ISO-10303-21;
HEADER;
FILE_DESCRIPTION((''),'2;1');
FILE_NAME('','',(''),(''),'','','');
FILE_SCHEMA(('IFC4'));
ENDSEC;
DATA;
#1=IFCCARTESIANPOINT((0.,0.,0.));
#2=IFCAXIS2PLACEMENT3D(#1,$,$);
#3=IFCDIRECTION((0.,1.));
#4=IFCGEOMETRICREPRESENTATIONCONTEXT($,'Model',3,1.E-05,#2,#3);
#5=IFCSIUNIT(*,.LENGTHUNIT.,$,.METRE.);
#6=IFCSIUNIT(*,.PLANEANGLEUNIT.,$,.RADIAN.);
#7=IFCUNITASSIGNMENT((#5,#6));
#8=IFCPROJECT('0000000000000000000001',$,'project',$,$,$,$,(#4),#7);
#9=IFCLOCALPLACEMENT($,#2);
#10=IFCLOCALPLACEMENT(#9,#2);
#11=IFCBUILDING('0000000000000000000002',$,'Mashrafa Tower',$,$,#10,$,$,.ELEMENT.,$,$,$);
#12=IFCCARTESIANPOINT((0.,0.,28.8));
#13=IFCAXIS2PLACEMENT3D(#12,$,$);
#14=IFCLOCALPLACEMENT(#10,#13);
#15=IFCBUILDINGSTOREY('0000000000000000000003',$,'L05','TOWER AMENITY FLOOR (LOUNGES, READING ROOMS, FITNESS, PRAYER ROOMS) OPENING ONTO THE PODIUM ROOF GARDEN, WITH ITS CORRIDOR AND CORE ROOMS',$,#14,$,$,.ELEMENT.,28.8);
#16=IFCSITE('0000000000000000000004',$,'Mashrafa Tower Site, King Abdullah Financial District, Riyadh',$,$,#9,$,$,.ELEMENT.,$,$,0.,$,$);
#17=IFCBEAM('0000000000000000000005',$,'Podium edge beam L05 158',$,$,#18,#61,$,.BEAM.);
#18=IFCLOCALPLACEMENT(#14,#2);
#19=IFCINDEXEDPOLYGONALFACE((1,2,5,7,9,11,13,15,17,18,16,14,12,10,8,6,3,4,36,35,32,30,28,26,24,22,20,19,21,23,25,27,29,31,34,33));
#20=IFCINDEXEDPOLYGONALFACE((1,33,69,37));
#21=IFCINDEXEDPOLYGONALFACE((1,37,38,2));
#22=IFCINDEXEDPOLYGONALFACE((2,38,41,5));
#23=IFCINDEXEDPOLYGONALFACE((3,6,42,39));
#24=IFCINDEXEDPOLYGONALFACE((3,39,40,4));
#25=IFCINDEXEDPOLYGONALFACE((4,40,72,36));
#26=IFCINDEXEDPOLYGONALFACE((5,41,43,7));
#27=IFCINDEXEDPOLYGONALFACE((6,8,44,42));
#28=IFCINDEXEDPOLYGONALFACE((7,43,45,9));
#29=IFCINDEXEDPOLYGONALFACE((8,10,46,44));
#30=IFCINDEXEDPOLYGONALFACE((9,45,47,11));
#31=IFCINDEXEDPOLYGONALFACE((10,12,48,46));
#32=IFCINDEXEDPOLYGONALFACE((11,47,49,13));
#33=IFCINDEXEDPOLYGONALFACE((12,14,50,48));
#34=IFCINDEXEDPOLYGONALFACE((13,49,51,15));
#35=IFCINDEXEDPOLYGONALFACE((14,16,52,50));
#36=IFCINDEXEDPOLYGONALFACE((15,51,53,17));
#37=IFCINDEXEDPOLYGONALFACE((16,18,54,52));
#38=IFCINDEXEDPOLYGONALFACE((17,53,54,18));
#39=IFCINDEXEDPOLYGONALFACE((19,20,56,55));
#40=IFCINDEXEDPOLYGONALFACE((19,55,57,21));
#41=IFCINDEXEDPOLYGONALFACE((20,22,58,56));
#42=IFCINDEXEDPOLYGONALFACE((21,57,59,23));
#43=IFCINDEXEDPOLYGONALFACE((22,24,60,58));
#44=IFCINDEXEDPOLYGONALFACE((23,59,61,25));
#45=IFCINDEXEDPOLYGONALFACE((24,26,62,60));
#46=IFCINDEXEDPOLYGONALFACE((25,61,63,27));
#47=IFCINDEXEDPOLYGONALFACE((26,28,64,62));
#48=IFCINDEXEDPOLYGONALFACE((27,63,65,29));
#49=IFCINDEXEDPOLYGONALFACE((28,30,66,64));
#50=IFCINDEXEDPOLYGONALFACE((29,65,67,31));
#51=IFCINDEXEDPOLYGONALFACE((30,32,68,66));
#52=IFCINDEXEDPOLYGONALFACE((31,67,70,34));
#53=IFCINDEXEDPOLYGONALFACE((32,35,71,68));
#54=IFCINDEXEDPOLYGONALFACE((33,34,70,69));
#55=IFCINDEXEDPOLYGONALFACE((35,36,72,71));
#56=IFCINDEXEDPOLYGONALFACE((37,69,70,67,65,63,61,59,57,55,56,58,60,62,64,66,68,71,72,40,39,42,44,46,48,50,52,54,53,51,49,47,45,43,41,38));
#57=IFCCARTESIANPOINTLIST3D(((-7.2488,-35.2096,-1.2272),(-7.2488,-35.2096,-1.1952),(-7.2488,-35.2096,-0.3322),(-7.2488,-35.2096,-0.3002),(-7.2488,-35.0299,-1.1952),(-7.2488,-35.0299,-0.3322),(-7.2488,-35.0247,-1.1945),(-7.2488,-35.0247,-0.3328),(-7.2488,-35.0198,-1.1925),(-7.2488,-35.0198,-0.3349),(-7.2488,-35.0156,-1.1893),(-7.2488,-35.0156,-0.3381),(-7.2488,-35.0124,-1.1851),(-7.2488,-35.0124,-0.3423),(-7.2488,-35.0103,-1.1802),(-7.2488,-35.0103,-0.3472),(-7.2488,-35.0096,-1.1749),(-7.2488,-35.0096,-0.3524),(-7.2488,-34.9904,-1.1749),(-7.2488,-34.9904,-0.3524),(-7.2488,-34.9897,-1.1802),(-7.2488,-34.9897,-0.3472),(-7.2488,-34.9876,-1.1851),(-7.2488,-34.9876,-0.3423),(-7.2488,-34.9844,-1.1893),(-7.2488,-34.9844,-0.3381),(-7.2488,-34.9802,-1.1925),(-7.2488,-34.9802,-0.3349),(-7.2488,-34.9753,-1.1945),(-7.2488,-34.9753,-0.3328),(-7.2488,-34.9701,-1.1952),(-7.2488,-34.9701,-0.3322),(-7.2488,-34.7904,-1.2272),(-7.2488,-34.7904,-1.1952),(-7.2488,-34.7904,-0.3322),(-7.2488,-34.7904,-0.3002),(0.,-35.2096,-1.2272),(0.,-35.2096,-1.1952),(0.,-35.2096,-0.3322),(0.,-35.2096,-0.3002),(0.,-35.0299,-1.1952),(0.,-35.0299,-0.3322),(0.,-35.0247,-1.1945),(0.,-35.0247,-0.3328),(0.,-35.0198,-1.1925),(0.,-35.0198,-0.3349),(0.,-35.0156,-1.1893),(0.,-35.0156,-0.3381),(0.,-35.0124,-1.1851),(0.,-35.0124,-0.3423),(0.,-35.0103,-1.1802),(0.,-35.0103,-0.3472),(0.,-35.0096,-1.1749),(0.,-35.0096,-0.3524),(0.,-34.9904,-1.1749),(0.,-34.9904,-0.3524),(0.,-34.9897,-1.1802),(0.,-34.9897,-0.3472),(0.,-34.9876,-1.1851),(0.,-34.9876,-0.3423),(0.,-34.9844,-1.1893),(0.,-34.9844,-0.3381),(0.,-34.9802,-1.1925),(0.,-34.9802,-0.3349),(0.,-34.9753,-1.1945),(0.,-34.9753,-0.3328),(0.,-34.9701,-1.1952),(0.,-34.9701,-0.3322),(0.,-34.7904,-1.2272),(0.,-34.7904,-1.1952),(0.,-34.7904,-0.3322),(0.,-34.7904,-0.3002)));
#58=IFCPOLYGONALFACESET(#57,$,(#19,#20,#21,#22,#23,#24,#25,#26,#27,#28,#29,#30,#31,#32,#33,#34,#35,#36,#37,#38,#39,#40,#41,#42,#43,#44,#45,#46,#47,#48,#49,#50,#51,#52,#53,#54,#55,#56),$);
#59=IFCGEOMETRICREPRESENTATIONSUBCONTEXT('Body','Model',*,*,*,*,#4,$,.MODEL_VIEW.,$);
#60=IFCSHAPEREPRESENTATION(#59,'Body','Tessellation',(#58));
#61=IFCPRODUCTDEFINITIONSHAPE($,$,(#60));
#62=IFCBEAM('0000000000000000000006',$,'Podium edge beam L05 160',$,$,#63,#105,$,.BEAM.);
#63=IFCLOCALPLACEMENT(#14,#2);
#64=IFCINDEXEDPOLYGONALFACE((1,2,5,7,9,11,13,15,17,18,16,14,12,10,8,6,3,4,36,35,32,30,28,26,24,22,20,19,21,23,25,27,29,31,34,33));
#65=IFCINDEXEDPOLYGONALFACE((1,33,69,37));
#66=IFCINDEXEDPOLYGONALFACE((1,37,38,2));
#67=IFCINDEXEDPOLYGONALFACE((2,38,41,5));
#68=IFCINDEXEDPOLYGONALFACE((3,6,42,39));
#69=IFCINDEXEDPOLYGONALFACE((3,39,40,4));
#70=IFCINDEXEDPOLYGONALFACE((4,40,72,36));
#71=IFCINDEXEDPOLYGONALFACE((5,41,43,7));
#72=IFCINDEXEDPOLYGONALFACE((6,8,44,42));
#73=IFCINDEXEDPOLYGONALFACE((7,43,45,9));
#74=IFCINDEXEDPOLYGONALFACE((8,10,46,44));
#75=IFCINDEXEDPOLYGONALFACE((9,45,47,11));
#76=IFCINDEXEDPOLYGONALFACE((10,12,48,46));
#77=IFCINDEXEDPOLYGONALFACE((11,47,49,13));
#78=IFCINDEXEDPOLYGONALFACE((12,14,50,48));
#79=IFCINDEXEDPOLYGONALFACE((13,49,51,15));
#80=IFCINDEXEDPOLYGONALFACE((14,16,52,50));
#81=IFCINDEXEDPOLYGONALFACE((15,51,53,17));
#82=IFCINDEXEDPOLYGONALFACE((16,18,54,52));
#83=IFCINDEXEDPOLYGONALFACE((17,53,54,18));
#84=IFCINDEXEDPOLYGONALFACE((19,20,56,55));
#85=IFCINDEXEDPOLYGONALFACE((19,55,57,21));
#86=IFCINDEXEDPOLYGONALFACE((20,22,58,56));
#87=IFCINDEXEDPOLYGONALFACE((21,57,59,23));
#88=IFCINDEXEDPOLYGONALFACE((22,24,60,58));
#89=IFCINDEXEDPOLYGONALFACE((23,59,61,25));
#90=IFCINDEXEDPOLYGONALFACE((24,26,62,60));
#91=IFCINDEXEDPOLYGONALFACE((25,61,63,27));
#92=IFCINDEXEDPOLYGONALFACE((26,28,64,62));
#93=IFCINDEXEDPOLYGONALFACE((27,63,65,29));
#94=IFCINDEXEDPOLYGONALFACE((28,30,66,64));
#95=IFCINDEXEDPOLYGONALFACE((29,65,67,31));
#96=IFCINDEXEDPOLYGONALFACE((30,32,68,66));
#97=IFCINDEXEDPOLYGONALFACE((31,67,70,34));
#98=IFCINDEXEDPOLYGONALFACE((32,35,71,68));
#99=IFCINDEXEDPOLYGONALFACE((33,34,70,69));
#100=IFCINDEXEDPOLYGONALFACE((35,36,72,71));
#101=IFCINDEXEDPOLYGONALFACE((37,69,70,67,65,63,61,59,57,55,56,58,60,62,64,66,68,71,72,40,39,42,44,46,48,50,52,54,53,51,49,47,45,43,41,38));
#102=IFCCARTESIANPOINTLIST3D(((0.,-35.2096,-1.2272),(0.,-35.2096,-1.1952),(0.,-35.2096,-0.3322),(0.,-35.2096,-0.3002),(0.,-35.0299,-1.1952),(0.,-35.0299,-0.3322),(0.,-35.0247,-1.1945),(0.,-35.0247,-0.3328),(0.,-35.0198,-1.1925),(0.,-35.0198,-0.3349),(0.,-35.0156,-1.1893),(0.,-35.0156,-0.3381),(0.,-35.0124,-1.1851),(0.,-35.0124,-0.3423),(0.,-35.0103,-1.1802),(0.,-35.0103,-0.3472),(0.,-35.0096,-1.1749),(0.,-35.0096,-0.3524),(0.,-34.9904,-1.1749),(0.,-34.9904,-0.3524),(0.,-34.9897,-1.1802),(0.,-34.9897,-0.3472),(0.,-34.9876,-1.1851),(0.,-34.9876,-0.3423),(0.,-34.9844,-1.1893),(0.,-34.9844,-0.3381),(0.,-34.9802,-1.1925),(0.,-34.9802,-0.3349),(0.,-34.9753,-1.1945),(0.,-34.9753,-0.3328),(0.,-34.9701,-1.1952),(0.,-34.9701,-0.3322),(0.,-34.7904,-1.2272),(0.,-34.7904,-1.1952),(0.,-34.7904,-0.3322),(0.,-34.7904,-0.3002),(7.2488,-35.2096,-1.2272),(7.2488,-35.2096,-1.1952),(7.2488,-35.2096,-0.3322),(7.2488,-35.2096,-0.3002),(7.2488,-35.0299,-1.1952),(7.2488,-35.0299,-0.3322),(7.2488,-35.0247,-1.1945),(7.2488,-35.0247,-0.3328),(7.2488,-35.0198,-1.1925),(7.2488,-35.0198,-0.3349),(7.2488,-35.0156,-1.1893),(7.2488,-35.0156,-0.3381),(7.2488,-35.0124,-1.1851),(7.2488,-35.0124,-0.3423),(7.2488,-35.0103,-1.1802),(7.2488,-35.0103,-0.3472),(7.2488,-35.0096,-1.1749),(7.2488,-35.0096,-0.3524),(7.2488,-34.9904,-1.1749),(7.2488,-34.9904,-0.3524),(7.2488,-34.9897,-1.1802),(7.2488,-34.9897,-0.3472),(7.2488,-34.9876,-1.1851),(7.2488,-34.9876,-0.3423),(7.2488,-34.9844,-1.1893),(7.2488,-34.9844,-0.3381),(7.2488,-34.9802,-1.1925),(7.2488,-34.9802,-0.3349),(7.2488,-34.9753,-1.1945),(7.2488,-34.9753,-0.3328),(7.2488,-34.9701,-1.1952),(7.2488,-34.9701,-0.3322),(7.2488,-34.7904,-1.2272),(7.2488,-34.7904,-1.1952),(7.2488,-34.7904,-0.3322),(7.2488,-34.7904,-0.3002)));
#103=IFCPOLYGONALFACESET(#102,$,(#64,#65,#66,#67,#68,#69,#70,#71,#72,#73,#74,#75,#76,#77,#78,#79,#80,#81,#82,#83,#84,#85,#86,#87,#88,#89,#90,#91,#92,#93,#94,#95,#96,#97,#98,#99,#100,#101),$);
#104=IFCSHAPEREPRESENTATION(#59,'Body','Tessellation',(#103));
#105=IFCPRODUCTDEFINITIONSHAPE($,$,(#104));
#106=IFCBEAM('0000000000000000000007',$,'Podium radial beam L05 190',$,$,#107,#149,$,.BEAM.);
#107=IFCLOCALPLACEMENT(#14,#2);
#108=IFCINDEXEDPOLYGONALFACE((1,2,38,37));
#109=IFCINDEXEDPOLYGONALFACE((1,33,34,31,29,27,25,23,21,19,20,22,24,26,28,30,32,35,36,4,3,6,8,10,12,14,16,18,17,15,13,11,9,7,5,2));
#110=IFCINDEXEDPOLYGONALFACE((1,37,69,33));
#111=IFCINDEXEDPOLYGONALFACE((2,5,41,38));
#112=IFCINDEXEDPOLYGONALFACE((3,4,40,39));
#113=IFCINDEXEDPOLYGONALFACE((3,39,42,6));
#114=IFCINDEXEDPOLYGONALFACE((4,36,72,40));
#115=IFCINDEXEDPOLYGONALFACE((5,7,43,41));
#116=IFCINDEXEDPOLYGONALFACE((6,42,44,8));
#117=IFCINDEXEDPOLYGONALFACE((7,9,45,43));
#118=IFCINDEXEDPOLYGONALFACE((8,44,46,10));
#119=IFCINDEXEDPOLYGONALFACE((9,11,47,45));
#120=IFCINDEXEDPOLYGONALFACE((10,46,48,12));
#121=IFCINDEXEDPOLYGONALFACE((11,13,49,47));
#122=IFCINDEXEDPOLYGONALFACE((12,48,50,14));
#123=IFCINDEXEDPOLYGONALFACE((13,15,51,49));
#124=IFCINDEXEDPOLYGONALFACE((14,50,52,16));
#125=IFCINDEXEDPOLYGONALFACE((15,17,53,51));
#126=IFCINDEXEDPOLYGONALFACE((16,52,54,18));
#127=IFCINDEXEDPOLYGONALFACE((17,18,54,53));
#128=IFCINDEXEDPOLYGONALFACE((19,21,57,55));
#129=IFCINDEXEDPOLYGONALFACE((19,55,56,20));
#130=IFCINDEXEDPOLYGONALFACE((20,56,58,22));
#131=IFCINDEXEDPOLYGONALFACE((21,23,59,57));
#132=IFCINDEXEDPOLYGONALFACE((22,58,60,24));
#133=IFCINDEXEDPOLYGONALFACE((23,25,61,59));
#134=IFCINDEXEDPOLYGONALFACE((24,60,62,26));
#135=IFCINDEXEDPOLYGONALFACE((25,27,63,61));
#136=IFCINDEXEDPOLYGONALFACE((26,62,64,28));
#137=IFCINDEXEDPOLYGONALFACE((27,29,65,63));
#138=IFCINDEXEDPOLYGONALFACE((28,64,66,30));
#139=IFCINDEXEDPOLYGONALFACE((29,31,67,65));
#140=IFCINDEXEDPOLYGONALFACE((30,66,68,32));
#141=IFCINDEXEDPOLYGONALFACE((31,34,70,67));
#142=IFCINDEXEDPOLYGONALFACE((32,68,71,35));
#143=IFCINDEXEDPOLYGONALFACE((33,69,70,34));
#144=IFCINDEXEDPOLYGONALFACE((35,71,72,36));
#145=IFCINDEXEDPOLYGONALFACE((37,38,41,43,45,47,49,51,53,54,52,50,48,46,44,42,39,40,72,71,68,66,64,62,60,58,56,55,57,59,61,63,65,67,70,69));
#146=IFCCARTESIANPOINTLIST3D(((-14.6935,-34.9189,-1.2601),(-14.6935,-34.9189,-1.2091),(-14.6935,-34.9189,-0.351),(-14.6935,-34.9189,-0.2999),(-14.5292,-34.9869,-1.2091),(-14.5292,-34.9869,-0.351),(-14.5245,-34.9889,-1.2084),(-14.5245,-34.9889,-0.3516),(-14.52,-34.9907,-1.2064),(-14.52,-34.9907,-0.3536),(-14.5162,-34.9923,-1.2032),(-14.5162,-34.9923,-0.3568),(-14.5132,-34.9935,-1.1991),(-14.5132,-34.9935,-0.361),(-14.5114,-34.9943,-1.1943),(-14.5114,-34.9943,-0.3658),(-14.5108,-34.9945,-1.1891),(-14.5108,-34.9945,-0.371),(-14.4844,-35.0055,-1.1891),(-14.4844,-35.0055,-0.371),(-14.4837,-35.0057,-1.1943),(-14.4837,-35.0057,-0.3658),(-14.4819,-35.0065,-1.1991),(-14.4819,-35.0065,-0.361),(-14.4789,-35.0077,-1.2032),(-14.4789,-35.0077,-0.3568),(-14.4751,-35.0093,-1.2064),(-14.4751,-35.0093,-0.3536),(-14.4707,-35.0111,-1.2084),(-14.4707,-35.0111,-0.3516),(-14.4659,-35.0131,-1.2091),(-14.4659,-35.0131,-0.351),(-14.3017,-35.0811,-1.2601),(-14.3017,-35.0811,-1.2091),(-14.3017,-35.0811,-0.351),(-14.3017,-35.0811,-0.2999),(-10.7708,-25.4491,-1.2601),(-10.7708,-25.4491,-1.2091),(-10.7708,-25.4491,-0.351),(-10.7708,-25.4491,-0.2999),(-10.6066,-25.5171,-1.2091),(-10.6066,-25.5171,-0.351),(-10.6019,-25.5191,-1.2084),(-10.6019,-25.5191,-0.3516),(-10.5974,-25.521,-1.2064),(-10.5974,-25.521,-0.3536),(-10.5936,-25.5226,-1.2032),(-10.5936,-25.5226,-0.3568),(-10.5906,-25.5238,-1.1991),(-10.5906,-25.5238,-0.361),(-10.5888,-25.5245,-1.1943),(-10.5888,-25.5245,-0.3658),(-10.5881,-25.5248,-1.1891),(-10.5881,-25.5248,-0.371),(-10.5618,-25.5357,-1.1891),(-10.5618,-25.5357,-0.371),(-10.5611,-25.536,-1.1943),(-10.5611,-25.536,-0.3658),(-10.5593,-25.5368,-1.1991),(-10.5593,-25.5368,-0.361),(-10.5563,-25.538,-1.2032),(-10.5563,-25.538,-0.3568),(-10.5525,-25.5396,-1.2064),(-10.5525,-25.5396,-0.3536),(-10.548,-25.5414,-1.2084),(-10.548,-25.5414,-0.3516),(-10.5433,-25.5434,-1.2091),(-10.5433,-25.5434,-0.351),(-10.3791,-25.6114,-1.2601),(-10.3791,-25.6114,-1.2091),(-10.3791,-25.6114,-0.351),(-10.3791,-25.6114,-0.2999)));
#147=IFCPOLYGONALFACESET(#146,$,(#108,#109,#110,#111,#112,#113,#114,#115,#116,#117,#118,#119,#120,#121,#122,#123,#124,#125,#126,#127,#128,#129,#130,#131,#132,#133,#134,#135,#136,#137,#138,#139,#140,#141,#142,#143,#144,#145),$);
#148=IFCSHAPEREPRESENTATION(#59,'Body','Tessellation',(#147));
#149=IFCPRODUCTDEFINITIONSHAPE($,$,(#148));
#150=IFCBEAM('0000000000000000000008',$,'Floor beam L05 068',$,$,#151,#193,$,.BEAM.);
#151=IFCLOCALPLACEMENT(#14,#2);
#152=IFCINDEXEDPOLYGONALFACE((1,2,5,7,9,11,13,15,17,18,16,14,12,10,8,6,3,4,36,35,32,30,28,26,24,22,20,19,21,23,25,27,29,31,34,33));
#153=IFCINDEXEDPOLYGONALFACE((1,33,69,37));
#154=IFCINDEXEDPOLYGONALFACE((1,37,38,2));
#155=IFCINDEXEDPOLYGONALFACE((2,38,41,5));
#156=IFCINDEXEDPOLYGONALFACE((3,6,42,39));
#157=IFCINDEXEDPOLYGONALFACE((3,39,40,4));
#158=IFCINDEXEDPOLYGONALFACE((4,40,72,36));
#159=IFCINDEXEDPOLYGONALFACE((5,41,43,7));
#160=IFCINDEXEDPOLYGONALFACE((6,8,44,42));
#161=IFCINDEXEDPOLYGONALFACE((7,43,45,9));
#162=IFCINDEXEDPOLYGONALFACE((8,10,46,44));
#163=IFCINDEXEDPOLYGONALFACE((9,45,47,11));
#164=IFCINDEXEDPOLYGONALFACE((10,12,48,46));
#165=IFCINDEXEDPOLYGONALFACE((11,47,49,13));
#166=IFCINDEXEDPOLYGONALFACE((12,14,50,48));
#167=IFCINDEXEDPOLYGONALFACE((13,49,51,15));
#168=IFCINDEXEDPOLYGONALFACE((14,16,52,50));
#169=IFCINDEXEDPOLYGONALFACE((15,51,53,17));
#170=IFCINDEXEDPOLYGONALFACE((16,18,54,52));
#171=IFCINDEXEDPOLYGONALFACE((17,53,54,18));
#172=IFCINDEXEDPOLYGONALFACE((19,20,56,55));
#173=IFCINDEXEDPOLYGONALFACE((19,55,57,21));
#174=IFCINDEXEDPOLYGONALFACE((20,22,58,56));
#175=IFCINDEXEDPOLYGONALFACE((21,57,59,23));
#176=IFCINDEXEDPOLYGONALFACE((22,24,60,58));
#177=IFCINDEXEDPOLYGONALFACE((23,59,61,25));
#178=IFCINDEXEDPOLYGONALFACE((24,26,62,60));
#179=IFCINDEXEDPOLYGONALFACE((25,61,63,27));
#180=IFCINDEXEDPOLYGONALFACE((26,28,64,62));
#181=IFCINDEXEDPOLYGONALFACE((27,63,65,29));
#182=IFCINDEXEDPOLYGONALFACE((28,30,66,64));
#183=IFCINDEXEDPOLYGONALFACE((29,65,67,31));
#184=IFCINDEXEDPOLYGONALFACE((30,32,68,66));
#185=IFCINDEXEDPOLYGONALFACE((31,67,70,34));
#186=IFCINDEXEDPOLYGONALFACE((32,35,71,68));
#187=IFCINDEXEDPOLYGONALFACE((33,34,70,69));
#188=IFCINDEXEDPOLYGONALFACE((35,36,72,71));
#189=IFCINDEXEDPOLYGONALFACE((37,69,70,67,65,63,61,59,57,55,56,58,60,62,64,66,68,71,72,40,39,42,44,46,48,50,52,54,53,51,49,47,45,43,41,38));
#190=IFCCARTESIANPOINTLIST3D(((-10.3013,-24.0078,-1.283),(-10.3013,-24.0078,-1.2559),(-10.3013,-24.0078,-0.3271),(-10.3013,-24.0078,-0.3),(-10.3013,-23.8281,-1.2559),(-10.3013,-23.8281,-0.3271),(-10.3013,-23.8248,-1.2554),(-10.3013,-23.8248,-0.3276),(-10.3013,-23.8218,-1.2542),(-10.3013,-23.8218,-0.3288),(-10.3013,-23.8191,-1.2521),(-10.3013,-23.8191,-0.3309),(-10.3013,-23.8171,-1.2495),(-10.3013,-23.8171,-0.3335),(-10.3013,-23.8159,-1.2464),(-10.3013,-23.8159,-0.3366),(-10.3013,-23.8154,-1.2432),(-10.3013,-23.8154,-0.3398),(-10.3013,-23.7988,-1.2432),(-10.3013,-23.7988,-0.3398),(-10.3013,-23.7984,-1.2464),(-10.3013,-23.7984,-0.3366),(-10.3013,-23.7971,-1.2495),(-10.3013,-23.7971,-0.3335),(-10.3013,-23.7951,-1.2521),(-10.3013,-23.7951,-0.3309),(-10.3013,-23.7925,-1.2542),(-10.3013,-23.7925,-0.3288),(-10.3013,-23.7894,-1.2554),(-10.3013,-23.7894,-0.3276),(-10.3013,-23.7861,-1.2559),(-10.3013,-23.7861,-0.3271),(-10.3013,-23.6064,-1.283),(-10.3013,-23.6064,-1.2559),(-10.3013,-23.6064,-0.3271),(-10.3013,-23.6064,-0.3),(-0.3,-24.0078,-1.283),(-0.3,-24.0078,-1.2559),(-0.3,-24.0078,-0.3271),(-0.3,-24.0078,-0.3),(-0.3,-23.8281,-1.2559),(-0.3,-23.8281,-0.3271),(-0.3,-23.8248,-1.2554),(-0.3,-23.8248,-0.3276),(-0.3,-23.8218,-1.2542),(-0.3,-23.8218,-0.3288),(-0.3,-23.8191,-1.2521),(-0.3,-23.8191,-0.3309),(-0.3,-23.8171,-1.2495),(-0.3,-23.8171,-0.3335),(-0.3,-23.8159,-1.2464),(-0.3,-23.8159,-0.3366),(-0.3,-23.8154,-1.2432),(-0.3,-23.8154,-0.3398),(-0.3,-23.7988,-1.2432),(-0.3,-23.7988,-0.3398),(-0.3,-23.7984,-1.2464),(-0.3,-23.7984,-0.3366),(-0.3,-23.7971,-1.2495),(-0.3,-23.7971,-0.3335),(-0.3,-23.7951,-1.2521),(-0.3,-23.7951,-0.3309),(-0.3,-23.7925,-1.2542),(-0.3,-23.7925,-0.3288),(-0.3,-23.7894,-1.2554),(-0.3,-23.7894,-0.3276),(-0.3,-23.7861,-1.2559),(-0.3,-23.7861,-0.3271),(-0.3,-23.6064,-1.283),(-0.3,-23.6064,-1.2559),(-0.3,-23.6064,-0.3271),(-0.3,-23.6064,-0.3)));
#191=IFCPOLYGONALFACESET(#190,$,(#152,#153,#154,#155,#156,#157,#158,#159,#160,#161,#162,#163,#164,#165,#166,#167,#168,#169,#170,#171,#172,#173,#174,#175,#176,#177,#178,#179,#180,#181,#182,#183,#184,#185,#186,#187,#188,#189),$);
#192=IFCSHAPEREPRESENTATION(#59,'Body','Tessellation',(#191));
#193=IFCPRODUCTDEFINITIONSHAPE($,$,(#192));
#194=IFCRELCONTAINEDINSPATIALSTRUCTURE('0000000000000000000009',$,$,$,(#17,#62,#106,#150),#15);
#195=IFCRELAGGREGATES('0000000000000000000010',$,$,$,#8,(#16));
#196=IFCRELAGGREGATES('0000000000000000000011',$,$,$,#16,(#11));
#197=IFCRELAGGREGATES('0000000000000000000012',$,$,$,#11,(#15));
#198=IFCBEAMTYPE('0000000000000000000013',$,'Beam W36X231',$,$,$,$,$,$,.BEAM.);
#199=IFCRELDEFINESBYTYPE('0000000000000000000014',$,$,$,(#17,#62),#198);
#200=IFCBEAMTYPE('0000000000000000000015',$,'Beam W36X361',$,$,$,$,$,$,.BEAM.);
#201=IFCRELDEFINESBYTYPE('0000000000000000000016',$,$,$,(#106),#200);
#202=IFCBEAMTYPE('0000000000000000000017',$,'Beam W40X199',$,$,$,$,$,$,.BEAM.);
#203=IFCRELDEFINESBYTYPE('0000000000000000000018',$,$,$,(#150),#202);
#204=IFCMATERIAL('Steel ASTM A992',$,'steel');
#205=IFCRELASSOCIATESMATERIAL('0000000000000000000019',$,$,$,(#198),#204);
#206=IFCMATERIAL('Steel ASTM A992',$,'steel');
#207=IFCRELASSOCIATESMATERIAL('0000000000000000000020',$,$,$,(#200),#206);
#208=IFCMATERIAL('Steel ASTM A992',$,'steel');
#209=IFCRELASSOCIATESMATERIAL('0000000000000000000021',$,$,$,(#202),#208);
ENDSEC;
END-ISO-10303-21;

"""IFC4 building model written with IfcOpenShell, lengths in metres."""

from ifc_helpers import new_model, si_unit, direction, frame, origin, origin_2d, place, context, subcontext, project, spatial, i_section, extrude, material, material_profile, profile_set, type_object, element, save


model = new_model("IFC4")

# Units and contexts
model_context = context("Model", 3, precision=1e-05, world=origin(), true_north=direction((0.0, 1.0)))
body_context = subcontext(model_context, "Body", "Model", "MODEL_VIEW")
ifc_project = project(units=[si_unit("LENGTHUNIT", "METRE"), si_unit("PLANEANGLEUNIT", "RADIAN")], contexts=[model_context])

# Site, building, storey
site_placement = place(None, origin())
site = spatial("IfcSite", under=ifc_project, at=site_placement, Name="Mashrafa Tower Site, King Abdullah Financial District, Riyadh", CompositionType="ELEMENT", RefElevation=0.0)
building_placement = place(site_placement, origin())
building = spatial("IfcBuilding", under=site, at=building_placement, Name="Mashrafa Tower", CompositionType="ELEMENT")
storey_placement = place(building_placement, frame((0.0, 0.0, 28.8)))
storey = spatial("IfcBuildingStorey", under=building, at=storey_placement, Name="L05", Description="TOWER AMENITY FLOOR (LOUNGES, READING ROOMS, FITNESS, PRAYER ROOMS) OPENING ONTO THE PODIUM ROOF GARDEN, WITH ITS CORRIDOR AND CORE ROOMS", CompositionType="ELEMENT", Elevation=28.8)

# Beams
ifc_material_1 = material(Name="Steel ASTM A992", Category="steel")
ifc_material_profile_1 = material_profile(ifc_material_1, i_section(OverallWidth=0.4192, OverallDepth=0.927, WebThickness=0.0193, FlangeThickness=0.032, FilletRadius=0.0203, at=origin_2d()), Name="W36X231")
ifc_profile_set_1 = profile_set([ifc_material_profile_1], Name="Steel ASTM A992")
beam_type_1 = type_object("IfcBeamType", Name="Beam W36X231", PredefinedType="BEAM", material=ifc_profile_set_1)
for number, where, z_axis, x_axis, name in (
    (1, (-7.2488, -35.0, -0.7637), (1.0, 0.0, 0.0), (0.0, 1.0, 0.0), "Podium edge beam L05 158"),
    (2, (0.0, -35.0, -0.7637), (1.0, 0.0, 0.0), (0.0, 1.0, 0.0), "Podium edge beam L05 160"),
):
    element("IfcBeam", number, at=place(storey_placement, frame(where, z_axis=z_axis, x_axis=x_axis)), inside=storey, type_object=beam_type_1, Name=name, PredefinedType="BEAM", context=body_context, shape_type="SweptSolid", body=[
        extrude(i_section(OverallWidth=0.4192, OverallDepth=0.927, WebThickness=0.0193, FlangeThickness=0.032, FilletRadius=0.0203, at=origin_2d()), origin(), (0.0, 0.0, 1.0), 7.2488),
    ])
ifc_material_2 = material(Name="Steel ASTM A992", Category="steel")
ifc_material_profile_2 = material_profile(ifc_material_2, i_section(OverallWidth=0.4241, OverallDepth=0.9602, WebThickness=0.0286, FlangeThickness=0.051, FilletRadius=0.02, at=origin_2d()), Name="W36X361")
ifc_profile_set_2 = profile_set([ifc_material_profile_2], Name="Steel ASTM A992")
beam_type_2 = type_object("IfcBeamType", Name="Beam W36X361", PredefinedType="BEAM", material=ifc_profile_set_2)
beam_1_placement = place(storey_placement, frame((-10.575, -25.5303, -0.78), z_axis=(-0.382693, -0.923875, 0.0), x_axis=(0.923875, -0.382693, 0.0)))
element("IfcBeam", 3, at=beam_1_placement, inside=storey, type_object=beam_type_2, Name="Podium radial beam L05 190", PredefinedType="BEAM", context=body_context, shape_type="SweptSolid", body=[
    extrude(i_section(OverallWidth=0.4241, OverallDepth=0.9602, WebThickness=0.0286, FlangeThickness=0.051, FilletRadius=0.02, at=origin_2d()), origin(), (0.0, 0.0, 1.0), 10.25),
])
ifc_material_3 = material(Name="Steel ASTM A992", Category="steel")
ifc_material_profile_3 = material_profile(ifc_material_3, i_section(OverallWidth=0.4014, OverallDepth=0.9829, WebThickness=0.0166, FlangeThickness=0.0271, FilletRadius=0.0127, at=origin_2d()), Name="W40X199")
ifc_profile_set_3 = profile_set([ifc_material_profile_3], Name="Steel ASTM A992")
beam_type_3 = type_object("IfcBeamType", Name="Beam W40X199", PredefinedType="BEAM", material=ifc_profile_set_3)
beam_2_placement = place(storey_placement, frame((-0.3, -23.8071, -0.7915), z_axis=(-1.0, 0.0, 0.0), x_axis=(0.0, -1.0, 0.0)))
element("IfcBeam", 4, at=beam_2_placement, inside=storey, type_object=beam_type_3, Name="Floor beam L05 068", PredefinedType="BEAM", context=body_context, shape_type="SweptSolid", body=[
    extrude(i_section(OverallWidth=0.4014, OverallDepth=0.9829, WebThickness=0.0166, FlangeThickness=0.0271, FilletRadius=0.0127, at=origin_2d()), origin(), (0.0, 0.0, 1.0), 10.0012),
])

save(model, "model.ifc")
